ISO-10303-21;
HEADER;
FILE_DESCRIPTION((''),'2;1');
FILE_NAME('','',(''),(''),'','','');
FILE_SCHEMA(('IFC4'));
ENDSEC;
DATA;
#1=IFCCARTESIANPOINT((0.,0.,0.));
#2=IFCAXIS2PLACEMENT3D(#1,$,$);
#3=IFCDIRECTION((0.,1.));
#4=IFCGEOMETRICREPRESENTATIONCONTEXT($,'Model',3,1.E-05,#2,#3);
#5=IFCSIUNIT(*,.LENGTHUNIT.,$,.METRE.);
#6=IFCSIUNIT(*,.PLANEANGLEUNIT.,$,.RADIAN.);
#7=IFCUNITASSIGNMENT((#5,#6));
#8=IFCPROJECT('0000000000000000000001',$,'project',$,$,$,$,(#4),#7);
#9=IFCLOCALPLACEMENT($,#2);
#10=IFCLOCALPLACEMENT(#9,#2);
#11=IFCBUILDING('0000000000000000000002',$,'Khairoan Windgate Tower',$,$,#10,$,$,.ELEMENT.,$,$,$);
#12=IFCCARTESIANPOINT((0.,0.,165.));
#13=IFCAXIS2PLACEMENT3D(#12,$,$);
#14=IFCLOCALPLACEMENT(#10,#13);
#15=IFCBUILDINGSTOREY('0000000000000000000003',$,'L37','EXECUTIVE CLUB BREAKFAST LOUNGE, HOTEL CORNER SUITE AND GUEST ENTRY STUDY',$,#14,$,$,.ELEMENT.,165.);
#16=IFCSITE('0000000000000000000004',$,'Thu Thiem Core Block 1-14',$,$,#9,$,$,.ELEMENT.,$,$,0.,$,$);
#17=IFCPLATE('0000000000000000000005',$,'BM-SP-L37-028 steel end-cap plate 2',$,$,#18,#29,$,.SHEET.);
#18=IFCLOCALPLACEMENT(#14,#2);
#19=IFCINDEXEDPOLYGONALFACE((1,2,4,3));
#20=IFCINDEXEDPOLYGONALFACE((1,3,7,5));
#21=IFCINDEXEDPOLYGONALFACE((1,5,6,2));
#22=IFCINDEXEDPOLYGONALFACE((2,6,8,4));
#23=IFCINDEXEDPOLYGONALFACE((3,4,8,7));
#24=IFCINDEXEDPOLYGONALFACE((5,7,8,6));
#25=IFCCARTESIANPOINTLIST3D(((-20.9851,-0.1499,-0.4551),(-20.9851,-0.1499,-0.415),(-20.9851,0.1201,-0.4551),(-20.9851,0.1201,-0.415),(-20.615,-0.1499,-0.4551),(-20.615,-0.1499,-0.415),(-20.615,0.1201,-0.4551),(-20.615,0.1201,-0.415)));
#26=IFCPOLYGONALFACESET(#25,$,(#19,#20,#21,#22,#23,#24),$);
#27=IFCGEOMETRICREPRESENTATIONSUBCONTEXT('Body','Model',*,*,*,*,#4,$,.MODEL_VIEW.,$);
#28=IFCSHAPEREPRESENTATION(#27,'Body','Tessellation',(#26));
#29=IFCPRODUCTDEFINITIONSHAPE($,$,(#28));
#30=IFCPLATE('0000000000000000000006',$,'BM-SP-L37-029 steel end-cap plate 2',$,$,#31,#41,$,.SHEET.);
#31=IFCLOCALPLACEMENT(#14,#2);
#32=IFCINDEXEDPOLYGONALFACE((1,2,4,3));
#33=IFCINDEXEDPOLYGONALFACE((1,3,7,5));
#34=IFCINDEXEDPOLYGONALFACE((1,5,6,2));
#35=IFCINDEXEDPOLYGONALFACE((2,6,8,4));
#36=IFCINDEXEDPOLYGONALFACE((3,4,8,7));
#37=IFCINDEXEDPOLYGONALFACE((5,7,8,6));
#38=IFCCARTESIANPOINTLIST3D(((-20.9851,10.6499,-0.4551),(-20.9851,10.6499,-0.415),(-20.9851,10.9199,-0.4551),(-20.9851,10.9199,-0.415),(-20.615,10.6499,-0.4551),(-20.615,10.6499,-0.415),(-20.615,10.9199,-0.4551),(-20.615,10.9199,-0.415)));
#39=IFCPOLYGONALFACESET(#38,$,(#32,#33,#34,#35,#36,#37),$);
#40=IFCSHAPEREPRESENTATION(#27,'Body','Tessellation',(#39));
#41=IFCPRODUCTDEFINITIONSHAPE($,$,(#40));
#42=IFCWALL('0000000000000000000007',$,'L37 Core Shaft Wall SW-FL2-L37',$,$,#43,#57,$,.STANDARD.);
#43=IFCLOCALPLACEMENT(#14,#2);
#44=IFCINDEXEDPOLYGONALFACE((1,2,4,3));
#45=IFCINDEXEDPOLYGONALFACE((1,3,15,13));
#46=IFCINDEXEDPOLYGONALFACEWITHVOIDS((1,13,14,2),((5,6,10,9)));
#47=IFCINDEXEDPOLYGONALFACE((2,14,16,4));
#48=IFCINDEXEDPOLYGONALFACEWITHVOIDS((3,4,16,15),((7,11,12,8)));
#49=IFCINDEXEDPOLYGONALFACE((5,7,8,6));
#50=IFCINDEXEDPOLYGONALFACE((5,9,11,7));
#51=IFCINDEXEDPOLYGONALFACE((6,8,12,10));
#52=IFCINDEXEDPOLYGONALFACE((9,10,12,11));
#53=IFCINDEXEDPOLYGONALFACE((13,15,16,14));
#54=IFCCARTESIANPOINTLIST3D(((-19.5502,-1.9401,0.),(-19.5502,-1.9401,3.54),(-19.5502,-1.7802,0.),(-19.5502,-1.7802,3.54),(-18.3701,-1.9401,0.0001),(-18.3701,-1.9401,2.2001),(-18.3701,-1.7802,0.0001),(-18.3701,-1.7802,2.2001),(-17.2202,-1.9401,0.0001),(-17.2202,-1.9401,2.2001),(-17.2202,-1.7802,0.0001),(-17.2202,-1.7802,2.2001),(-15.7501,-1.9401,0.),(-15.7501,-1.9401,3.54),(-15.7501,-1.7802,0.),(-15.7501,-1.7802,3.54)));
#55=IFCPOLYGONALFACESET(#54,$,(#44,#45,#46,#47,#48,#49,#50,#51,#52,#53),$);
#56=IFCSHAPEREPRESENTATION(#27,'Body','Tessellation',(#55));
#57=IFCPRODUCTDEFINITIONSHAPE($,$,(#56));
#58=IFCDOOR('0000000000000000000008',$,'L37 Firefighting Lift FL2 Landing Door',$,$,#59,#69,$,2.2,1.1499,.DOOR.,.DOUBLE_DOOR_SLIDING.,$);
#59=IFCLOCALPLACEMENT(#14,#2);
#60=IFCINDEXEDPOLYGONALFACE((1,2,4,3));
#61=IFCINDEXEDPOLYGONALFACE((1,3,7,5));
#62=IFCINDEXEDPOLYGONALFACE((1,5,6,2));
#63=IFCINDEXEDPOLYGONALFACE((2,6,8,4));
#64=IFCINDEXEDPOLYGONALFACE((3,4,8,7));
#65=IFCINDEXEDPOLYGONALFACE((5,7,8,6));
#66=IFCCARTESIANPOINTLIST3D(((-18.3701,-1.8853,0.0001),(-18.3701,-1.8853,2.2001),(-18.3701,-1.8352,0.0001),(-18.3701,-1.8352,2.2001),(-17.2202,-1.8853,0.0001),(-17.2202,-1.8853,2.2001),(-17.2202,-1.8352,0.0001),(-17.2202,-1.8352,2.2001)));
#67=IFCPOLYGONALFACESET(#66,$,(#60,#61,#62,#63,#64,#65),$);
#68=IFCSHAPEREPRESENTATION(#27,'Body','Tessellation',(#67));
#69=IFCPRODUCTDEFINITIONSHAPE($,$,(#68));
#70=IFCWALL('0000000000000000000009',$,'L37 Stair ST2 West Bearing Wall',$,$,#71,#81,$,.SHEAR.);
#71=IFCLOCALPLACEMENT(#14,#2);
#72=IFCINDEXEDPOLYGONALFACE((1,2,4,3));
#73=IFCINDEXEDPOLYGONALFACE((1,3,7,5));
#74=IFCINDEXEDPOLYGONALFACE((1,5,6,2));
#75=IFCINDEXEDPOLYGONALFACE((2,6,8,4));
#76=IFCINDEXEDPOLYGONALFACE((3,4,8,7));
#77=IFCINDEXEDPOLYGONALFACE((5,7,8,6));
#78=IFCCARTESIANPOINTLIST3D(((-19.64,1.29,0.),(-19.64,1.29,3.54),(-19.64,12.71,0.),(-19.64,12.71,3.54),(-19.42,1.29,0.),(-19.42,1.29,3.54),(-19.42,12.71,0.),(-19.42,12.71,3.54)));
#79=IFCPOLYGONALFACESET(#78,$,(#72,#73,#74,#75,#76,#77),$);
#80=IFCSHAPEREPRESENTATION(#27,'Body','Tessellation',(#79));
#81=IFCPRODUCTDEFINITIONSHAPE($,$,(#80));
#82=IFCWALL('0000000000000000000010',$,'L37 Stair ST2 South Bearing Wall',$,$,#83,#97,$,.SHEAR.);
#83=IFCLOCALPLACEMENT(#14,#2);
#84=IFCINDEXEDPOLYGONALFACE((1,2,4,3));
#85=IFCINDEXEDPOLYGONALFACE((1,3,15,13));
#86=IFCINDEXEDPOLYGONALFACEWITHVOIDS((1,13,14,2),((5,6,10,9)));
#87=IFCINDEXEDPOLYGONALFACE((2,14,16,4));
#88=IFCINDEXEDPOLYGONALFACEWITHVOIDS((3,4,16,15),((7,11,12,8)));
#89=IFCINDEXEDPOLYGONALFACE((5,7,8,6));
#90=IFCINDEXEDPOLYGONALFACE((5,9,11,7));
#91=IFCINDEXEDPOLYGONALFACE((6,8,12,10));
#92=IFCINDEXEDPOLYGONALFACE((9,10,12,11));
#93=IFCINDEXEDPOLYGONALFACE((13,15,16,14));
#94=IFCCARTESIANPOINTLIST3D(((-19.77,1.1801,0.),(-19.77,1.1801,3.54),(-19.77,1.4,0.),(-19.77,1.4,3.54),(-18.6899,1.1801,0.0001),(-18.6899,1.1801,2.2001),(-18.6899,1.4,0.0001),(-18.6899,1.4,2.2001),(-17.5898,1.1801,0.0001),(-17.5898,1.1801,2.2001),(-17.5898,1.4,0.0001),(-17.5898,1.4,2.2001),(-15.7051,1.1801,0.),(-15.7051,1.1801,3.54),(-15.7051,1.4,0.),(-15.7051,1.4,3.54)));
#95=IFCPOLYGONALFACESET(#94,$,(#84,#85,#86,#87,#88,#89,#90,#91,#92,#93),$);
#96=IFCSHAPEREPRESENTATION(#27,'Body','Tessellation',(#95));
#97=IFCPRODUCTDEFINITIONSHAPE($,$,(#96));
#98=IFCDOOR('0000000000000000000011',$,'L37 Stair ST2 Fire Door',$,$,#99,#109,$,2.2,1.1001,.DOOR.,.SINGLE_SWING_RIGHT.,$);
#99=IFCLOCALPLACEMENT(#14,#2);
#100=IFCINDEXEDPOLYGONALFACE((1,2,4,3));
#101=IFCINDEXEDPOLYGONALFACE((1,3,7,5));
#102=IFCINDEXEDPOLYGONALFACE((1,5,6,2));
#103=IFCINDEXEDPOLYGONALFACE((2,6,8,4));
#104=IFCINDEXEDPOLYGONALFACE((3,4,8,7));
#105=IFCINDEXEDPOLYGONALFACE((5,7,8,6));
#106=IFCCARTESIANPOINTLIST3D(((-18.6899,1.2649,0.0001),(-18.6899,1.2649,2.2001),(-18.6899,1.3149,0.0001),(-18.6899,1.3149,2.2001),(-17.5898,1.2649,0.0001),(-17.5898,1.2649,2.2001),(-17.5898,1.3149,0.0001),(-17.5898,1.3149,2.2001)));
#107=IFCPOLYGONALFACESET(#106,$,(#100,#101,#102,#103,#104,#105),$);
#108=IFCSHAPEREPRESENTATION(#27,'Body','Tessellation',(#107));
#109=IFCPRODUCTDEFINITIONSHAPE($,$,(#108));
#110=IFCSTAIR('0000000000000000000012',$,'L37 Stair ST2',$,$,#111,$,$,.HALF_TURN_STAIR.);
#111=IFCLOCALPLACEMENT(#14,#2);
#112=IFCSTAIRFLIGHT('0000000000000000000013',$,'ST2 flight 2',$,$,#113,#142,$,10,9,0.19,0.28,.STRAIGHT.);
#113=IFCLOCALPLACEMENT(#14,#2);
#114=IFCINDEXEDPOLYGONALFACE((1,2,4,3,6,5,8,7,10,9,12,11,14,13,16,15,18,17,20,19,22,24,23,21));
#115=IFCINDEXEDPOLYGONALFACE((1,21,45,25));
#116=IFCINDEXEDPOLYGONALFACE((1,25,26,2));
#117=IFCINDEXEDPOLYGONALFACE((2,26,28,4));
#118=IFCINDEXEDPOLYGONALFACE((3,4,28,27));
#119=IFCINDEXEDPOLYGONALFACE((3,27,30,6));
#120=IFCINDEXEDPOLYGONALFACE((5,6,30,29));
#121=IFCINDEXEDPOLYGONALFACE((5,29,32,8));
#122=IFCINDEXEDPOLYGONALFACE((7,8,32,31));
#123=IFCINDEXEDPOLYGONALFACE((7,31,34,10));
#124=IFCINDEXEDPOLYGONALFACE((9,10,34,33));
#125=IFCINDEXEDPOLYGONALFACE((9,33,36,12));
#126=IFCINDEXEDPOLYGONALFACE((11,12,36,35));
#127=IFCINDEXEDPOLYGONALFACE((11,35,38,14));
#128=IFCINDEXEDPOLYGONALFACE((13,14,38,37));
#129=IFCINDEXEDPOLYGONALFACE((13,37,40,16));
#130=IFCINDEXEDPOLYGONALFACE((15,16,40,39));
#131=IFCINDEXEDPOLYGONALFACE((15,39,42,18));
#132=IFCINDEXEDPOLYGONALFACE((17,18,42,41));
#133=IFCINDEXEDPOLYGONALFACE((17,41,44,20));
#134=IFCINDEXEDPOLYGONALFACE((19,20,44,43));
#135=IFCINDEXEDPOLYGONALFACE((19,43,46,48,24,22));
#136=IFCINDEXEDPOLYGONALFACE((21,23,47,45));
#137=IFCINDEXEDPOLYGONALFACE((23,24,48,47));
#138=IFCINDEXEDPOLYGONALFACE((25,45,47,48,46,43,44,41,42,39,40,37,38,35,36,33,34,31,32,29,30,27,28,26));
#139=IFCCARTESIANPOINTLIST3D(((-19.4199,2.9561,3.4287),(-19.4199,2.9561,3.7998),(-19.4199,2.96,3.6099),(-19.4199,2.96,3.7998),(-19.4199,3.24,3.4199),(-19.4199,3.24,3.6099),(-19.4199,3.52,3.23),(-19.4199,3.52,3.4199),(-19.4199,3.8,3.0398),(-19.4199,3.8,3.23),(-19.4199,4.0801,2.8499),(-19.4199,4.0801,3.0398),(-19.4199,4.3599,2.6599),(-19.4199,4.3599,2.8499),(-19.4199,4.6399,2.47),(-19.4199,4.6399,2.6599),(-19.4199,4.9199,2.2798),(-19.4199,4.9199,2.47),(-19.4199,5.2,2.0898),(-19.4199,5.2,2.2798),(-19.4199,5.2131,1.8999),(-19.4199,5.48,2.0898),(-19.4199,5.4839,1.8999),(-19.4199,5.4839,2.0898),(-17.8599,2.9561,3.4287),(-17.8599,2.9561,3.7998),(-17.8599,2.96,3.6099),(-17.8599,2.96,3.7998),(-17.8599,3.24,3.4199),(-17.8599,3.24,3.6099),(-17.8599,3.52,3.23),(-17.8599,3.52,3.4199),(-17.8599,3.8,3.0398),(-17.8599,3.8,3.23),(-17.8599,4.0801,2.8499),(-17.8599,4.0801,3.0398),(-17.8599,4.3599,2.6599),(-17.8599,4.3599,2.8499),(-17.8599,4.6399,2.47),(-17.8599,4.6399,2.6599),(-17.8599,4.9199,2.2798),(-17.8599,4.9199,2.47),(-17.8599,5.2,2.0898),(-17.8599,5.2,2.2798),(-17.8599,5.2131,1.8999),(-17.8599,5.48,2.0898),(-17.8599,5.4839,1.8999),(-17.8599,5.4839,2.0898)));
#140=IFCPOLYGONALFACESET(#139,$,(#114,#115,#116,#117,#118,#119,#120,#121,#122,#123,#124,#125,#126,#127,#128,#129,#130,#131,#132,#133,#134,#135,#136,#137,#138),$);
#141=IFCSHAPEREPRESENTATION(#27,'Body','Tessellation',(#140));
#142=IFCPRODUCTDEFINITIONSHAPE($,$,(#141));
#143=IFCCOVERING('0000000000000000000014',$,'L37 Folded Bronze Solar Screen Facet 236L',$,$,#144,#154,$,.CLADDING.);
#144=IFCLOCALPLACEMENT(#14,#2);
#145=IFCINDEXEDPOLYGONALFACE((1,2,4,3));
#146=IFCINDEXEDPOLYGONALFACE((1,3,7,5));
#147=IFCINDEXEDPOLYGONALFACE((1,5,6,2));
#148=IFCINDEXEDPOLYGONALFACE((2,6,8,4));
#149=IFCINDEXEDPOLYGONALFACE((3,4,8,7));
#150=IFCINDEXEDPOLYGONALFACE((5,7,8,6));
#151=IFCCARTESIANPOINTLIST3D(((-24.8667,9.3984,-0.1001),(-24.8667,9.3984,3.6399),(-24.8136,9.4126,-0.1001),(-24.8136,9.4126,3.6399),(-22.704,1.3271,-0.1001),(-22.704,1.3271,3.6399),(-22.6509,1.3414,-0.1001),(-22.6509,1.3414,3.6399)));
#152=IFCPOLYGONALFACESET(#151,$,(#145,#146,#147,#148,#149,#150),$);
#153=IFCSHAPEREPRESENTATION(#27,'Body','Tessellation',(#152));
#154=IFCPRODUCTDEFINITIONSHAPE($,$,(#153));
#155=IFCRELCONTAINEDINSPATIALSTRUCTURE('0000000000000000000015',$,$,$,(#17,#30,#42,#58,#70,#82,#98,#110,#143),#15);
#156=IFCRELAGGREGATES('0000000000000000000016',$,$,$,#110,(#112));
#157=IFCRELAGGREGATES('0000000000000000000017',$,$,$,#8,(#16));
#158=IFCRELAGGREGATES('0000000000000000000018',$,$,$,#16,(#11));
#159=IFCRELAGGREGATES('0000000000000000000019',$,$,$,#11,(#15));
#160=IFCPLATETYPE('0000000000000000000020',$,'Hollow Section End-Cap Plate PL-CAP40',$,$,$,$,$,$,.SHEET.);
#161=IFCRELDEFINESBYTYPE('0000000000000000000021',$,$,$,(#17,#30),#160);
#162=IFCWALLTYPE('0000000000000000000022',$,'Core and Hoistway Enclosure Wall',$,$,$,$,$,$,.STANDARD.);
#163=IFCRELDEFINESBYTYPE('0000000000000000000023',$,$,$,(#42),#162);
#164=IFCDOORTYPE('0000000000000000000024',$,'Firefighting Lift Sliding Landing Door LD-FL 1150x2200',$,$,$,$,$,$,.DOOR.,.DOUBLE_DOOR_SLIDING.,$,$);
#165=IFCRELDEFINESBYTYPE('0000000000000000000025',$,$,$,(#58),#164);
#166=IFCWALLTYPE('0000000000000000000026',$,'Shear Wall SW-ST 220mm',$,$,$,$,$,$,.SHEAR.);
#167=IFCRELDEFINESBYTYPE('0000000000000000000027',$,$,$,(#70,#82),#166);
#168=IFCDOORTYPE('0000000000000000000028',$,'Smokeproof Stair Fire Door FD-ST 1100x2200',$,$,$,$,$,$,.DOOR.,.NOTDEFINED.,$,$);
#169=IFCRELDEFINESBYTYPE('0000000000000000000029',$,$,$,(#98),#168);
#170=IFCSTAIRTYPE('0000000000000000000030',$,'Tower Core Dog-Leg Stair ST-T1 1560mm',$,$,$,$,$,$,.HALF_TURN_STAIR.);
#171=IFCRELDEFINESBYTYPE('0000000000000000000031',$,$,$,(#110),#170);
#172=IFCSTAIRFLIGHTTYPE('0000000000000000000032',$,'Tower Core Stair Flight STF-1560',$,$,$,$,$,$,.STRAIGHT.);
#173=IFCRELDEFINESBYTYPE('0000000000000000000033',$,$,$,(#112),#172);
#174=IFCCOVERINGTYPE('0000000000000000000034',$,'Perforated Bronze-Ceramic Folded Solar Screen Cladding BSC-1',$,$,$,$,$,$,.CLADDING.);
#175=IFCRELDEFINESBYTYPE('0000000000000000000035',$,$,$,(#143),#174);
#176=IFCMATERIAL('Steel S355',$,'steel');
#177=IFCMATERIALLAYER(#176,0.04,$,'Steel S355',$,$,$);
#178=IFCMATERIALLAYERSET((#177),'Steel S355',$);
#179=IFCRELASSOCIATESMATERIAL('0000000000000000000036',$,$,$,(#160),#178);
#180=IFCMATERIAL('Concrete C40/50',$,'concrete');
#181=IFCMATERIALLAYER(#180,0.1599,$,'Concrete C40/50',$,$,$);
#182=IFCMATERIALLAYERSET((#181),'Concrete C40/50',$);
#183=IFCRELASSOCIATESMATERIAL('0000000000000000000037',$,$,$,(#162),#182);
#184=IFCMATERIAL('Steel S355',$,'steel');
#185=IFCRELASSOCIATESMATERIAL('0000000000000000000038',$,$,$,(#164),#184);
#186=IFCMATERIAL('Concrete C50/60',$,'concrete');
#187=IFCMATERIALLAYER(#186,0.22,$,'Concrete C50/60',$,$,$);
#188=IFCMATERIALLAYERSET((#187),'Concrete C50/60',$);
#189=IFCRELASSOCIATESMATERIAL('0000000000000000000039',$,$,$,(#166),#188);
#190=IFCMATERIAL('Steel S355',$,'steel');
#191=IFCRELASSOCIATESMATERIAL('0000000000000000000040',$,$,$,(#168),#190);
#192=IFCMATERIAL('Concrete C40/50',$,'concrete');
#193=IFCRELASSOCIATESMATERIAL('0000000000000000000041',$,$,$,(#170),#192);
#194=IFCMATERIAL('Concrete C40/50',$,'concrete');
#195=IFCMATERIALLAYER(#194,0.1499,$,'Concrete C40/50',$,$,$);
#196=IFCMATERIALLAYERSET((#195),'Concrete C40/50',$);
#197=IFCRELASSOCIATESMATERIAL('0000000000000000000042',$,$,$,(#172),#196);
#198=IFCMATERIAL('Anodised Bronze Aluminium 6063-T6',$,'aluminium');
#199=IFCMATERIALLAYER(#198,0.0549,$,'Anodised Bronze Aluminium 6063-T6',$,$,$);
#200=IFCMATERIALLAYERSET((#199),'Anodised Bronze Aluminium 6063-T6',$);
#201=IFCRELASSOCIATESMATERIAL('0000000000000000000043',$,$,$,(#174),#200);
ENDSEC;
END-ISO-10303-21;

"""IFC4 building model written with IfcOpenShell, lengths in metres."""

from ifc_helpers import new_model, si_unit, direction, frame, frame_2d, origin, origin_2d, place, context, subcontext, project, spatial, polyline, rectangle, outline, extrude, material, layer, layer_set, type_object, element, fill, aggregate, save


model = new_model("IFC4")

# Units and contexts
model_context = context("Model", 3, precision=1e-05, world=origin(), true_north=direction((0.0, 1.0)))
body_context = subcontext(model_context, "Body", "Model", "MODEL_VIEW")
ifc_project = project(units=[si_unit("LENGTHUNIT", "METRE"), si_unit("PLANEANGLEUNIT", "RADIAN")], contexts=[model_context])

# Site, building, storey
site_placement = place(None, origin())
site = spatial("IfcSite", under=ifc_project, at=site_placement, Name="Thu Thiem Core Block 1-14", CompositionType="ELEMENT", RefElevation=0.0)
building_placement = place(site_placement, origin())
building = spatial("IfcBuilding", under=site, at=building_placement, Name="Khairoan Windgate Tower", CompositionType="ELEMENT")
storey_placement = place(building_placement, frame((0.0, 0.0, 165.0)))
storey = spatial("IfcBuildingStorey", under=building, at=storey_placement, Name="L37", Description="EXECUTIVE CLUB BREAKFAST LOUNGE, HOTEL CORNER SUITE AND GUEST ENTRY STUDY", CompositionType="ELEMENT", Elevation=165.0)

# Plates
ifc_material_1 = material(Name="Steel S355", Category="steel")
ifc_layer_1 = layer(ifc_material_1, 0.04, Name="Steel S355")
ifc_layer_set_1 = layer_set([ifc_layer_1], Name="Steel S355")
plate_type = type_object("IfcPlateType", Name="Hollow Section End-Cap Plate PL-CAP40", PredefinedType="SHEET", material=ifc_layer_set_1)
for number, where, z_axis, x_axis, name in (
    (1, (-20.8, -0.0149, -0.4551), (0.0, 0.0, 1.0), (0.0, 1.0, 0.0), "BM-SP-L37-028 steel end-cap plate 2"),
    (2, (-20.8, 10.7849, -0.4551), (0.0, 0.0, 1.0), (0.0, 1.0, 0.0), "BM-SP-L37-029 steel end-cap plate 2"),
):
    element("IfcPlate", number, at=place(storey_placement, frame(where, z_axis=z_axis, x_axis=x_axis)), inside=storey, type_object=plate_type, Name=name, PredefinedType="SHEET", context=body_context, shape_type="SweptSolid", body=[
        extrude(rectangle(XDim=0.27, YDim=0.3701, at=origin_2d()), origin(), (0.0, 0.0, 1.0), 0.04),
    ])

# Wall, opening, door
ifc_material_2 = material(Name="Concrete C40/50", Category="concrete")
ifc_layer_2 = layer(ifc_material_2, 0.1599, Name="Concrete C40/50")
ifc_layer_set_2 = layer_set([ifc_layer_2], Name="Concrete C40/50")
wall_type_1 = type_object("IfcWallType", Name="Core and Hoistway Enclosure Wall", PredefinedType="STANDARD", material=ifc_layer_set_2)
wall_1_placement = place(storey_placement, frame((-19.55, -1.8601, 0.0), z_axis=(0.0, 0.0, 1.0), x_axis=(1.0, 0.0, 0.0)))
wall_1 = element("IfcWall", 3, at=wall_1_placement, inside=storey, type_object=wall_type_1, Name="L37 Core Shaft Wall SW-FL2-L37", PredefinedType="STANDARD", context=body_context, shape_type="SweptSolid", body=[
    extrude(rectangle(XDim=3.8, YDim=0.1599, at=frame_2d((1.8999, 0.0))), origin(), (0.0, 0.0, 1.0), 3.54),
])
opening_1_placement = place(wall_1_placement, frame((1.1799, 0.0, 0.0)))
opening_1 = element("IfcOpeningElement", 4, at=opening_1_placement, cuts=wall_1, PredefinedType="OPENING", context=body_context, shape_type="SweptSolid", body=[
    extrude(rectangle(XDim=1.1499, YDim=2.2, at=frame_2d((0.575, 1.1001))), frame((0.0, 0.0898, 0.0), z_axis=(0.0, -1.0, 0.0), x_axis=(1.0, 0.0, 0.0)), (0.0, 0.0, 1.0), 0.1799),
])
ifc_material_3 = material(Name="Steel S355", Category="steel")
door_type_1 = type_object("IfcDoorType", Name="Firefighting Lift Sliding Landing Door LD-FL 1150x2200", OperationType="DOUBLE_DOOR_SLIDING", PredefinedType="DOOR", material=ifc_material_3)
door_1_placement = place(opening_1_placement, origin())
door_1 = element("IfcDoor", 5, at=door_1_placement, inside=storey, type_object=door_type_1, Name="L37 Firefighting Lift FL2 Landing Door", OperationType="DOUBLE_DOOR_SLIDING", OverallHeight=2.2, OverallWidth=1.1499, PredefinedType="DOOR", context=body_context, shape_type="SweptSolid", body=[
    extrude(rectangle(XDim=1.1499, YDim=2.2, at=frame_2d((0.575, 1.1001))), frame((0.0, 0.0249, 0.0), z_axis=(0.0, -1.0, 0.0), x_axis=(1.0, 0.0, 0.0)), (0.0, 0.0, 1.0), 0.05),
])
fill(opening_1, door_1)

# Wall
ifc_material_4 = material(Name="Concrete C50/60", Category="concrete")
ifc_layer_3 = layer(ifc_material_4, 0.22, Name="Concrete C50/60")
ifc_layer_set_3 = layer_set([ifc_layer_3], Name="Concrete C50/60")
wall_type_2 = type_object("IfcWallType", Name="Shear Wall SW-ST 220mm", PredefinedType="SHEAR", material=ifc_layer_set_3)
wall_2_placement = place(storey_placement, frame((-19.53, 1.29, 0.0), z_axis=(0.0, 0.0, 1.0), x_axis=(0.0, 1.0, 0.0)))
element("IfcWall", 6, at=wall_2_placement, inside=storey, type_object=wall_type_2, Name="L37 Stair ST2 West Bearing Wall", PredefinedType="SHEAR", context=body_context, shape_type="SweptSolid", body=[
    extrude(rectangle(XDim=11.4199, YDim=0.22, at=frame_2d((5.71, 0.0))), origin(), (0.0, 0.0, 1.0), 3.54),
])

# Wall, opening, door
wall_3_placement = place(storey_placement, frame((-19.77, 1.29, 0.0), z_axis=(0.0, 0.0, 1.0), x_axis=(1.0, 0.0, 0.0)))
wall_3 = element("IfcWall", 7, at=wall_3_placement, inside=storey, type_object=wall_type_2, Name="L37 Stair ST2 South Bearing Wall", PredefinedType="SHEAR", context=body_context, shape_type="SweptSolid", body=[
    extrude(rectangle(XDim=4.0649, YDim=0.22, at=frame_2d((2.0325, 0.0))), origin(), (0.0, 0.0, 1.0), 3.54),
])
opening_2_placement = place(wall_3_placement, frame((1.0801, 0.0, 0.0)))
opening_2 = element("IfcOpeningElement", 8, at=opening_2_placement, cuts=wall_3, PredefinedType="OPENING", context=body_context, shape_type="SweptSolid", body=[
    extrude(rectangle(XDim=1.1001, YDim=2.2, at=frame_2d((0.55, 1.1001))), frame((0.0, 0.1199, 0.0), z_axis=(0.0, -1.0, 0.0), x_axis=(1.0, 0.0, 0.0)), (0.0, 0.0, 1.0), 0.24),
])
ifc_material_5 = material(Name="Steel S355", Category="steel")
door_type_2 = type_object("IfcDoorType", Name="Smokeproof Stair Fire Door FD-ST 1100x2200", OperationType="NOTDEFINED", PredefinedType="DOOR", material=ifc_material_5)
door_2_placement = place(opening_2_placement, origin())
door_2 = element("IfcDoor", 9, at=door_2_placement, inside=storey, type_object=door_type_2, Name="L37 Stair ST2 Fire Door", OperationType="SINGLE_SWING_RIGHT", OverallHeight=2.2, OverallWidth=1.1001, PredefinedType="DOOR", context=body_context, shape_type="SweptSolid", body=[
    extrude(rectangle(XDim=1.1001, YDim=2.2, at=frame_2d((0.55, 1.1001))), frame((0.0, 0.0249, 0.0), z_axis=(0.0, -1.0, 0.0), x_axis=(1.0, 0.0, 0.0)), (0.0, 0.0, 1.0), 0.05),
])
fill(opening_2, door_2)

# Stair, stair flight
ifc_material_6 = material(Name="Concrete C40/50", Category="concrete")
stair_type = type_object("IfcStairType", Name="Tower Core Dog-Leg Stair ST-T1 1560mm", PredefinedType="HALF_TURN_STAIR", material=ifc_material_6)
stair_placement = place(storey_placement, origin())
stair = element("IfcStair", 10, at=stair_placement, inside=storey, type_object=stair_type, Name="L37 Stair ST2", PredefinedType="HALF_TURN_STAIR")
ifc_material_7 = material(Name="Concrete C40/50", Category="concrete")
ifc_layer_4 = layer(ifc_material_7, 0.1499, Name="Concrete C40/50")
ifc_layer_set_4 = layer_set([ifc_layer_4], Name="Concrete C40/50")
stair_flight_type = type_object("IfcStairFlightType", Name="Tower Core Stair Flight STF-1560", PredefinedType="STRAIGHT", material=ifc_layer_set_4)
stair_flight_placement = place(storey_placement, frame((-18.6399, 5.48, 1.8999), z_axis=(0.0, 0.0, 1.0), x_axis=(0.0, -1.0, 0.0)))
stair_flight = element("IfcStairFlight", 11, at=stair_flight_placement, type_object=stair_flight_type, Name="ST2 flight 2", NumberOfRisers=10, NumberOfTreads=9, PredefinedType="STRAIGHT", RiserHeight=0.19, TreadLength=0.28, context=body_context, shape_type="SweptSolid", body=[
    extrude(outline(polyline([(-0.0039, 0.0), (-0.0039, 0.1899), (0.0, 0.1899), (0.28, 0.1899), (0.28, 0.3799), (0.5601, 0.3799), (0.5601, 0.5701), (0.8401, 0.5701), (0.8401, 0.76), (1.1201, 0.76), (1.1201, 0.95), (1.3999, 0.95), (1.3999, 1.1399), (1.6799, 1.1399), (1.6799, 1.3301), (1.96, 1.3301), (1.96, 1.52), (2.24, 1.52), (2.24, 1.71), (2.52, 1.71), (2.52, 1.8999), (2.5239, 1.8999), (2.5239, 1.5288), (0.2668, 0.0), (-0.0039, 0.0)])), frame((0.0, 0.78, 0.0), z_axis=(0.0, -1.0, 0.0), x_axis=(1.0, 0.0, 0.0)), (0.0, 0.0, 1.0), 1.5601),
])
aggregate(stair, [stair_flight])

# Covering
ifc_material_8 = material(Name="Anodised Bronze Aluminium 6063-T6", Category="aluminium")
ifc_layer_5 = layer(ifc_material_8, 0.0549, Name="Anodised Bronze Aluminium 6063-T6")
ifc_layer_set_5 = layer_set([ifc_layer_5], Name="Anodised Bronze Aluminium 6063-T6")
covering_type = type_object("IfcCoveringType", Name="Perforated Bronze-Ceramic Folded Solar Screen Cladding BSC-1", PredefinedType="CLADDING", material=ifc_layer_set_5)
covering_placement = place(storey_placement, frame((-23.7588, 5.3699, -0.1001), z_axis=(0.0, 0.0, 1.0), x_axis=(-0.258819, 0.965926, 0.0)))
element("IfcCovering", 12, at=covering_placement, inside=storey, type_object=covering_type, Name="L37 Folded Bronze Solar Screen Facet 236L", PredefinedType="CLADDING", context=body_context, shape_type="SweptSolid", body=[
    extrude(rectangle(XDim=8.356, YDim=0.0549, at=origin_2d()), origin(), (0.0, 0.0, 1.0), 3.74),
])

save(model, "model.ifc")
